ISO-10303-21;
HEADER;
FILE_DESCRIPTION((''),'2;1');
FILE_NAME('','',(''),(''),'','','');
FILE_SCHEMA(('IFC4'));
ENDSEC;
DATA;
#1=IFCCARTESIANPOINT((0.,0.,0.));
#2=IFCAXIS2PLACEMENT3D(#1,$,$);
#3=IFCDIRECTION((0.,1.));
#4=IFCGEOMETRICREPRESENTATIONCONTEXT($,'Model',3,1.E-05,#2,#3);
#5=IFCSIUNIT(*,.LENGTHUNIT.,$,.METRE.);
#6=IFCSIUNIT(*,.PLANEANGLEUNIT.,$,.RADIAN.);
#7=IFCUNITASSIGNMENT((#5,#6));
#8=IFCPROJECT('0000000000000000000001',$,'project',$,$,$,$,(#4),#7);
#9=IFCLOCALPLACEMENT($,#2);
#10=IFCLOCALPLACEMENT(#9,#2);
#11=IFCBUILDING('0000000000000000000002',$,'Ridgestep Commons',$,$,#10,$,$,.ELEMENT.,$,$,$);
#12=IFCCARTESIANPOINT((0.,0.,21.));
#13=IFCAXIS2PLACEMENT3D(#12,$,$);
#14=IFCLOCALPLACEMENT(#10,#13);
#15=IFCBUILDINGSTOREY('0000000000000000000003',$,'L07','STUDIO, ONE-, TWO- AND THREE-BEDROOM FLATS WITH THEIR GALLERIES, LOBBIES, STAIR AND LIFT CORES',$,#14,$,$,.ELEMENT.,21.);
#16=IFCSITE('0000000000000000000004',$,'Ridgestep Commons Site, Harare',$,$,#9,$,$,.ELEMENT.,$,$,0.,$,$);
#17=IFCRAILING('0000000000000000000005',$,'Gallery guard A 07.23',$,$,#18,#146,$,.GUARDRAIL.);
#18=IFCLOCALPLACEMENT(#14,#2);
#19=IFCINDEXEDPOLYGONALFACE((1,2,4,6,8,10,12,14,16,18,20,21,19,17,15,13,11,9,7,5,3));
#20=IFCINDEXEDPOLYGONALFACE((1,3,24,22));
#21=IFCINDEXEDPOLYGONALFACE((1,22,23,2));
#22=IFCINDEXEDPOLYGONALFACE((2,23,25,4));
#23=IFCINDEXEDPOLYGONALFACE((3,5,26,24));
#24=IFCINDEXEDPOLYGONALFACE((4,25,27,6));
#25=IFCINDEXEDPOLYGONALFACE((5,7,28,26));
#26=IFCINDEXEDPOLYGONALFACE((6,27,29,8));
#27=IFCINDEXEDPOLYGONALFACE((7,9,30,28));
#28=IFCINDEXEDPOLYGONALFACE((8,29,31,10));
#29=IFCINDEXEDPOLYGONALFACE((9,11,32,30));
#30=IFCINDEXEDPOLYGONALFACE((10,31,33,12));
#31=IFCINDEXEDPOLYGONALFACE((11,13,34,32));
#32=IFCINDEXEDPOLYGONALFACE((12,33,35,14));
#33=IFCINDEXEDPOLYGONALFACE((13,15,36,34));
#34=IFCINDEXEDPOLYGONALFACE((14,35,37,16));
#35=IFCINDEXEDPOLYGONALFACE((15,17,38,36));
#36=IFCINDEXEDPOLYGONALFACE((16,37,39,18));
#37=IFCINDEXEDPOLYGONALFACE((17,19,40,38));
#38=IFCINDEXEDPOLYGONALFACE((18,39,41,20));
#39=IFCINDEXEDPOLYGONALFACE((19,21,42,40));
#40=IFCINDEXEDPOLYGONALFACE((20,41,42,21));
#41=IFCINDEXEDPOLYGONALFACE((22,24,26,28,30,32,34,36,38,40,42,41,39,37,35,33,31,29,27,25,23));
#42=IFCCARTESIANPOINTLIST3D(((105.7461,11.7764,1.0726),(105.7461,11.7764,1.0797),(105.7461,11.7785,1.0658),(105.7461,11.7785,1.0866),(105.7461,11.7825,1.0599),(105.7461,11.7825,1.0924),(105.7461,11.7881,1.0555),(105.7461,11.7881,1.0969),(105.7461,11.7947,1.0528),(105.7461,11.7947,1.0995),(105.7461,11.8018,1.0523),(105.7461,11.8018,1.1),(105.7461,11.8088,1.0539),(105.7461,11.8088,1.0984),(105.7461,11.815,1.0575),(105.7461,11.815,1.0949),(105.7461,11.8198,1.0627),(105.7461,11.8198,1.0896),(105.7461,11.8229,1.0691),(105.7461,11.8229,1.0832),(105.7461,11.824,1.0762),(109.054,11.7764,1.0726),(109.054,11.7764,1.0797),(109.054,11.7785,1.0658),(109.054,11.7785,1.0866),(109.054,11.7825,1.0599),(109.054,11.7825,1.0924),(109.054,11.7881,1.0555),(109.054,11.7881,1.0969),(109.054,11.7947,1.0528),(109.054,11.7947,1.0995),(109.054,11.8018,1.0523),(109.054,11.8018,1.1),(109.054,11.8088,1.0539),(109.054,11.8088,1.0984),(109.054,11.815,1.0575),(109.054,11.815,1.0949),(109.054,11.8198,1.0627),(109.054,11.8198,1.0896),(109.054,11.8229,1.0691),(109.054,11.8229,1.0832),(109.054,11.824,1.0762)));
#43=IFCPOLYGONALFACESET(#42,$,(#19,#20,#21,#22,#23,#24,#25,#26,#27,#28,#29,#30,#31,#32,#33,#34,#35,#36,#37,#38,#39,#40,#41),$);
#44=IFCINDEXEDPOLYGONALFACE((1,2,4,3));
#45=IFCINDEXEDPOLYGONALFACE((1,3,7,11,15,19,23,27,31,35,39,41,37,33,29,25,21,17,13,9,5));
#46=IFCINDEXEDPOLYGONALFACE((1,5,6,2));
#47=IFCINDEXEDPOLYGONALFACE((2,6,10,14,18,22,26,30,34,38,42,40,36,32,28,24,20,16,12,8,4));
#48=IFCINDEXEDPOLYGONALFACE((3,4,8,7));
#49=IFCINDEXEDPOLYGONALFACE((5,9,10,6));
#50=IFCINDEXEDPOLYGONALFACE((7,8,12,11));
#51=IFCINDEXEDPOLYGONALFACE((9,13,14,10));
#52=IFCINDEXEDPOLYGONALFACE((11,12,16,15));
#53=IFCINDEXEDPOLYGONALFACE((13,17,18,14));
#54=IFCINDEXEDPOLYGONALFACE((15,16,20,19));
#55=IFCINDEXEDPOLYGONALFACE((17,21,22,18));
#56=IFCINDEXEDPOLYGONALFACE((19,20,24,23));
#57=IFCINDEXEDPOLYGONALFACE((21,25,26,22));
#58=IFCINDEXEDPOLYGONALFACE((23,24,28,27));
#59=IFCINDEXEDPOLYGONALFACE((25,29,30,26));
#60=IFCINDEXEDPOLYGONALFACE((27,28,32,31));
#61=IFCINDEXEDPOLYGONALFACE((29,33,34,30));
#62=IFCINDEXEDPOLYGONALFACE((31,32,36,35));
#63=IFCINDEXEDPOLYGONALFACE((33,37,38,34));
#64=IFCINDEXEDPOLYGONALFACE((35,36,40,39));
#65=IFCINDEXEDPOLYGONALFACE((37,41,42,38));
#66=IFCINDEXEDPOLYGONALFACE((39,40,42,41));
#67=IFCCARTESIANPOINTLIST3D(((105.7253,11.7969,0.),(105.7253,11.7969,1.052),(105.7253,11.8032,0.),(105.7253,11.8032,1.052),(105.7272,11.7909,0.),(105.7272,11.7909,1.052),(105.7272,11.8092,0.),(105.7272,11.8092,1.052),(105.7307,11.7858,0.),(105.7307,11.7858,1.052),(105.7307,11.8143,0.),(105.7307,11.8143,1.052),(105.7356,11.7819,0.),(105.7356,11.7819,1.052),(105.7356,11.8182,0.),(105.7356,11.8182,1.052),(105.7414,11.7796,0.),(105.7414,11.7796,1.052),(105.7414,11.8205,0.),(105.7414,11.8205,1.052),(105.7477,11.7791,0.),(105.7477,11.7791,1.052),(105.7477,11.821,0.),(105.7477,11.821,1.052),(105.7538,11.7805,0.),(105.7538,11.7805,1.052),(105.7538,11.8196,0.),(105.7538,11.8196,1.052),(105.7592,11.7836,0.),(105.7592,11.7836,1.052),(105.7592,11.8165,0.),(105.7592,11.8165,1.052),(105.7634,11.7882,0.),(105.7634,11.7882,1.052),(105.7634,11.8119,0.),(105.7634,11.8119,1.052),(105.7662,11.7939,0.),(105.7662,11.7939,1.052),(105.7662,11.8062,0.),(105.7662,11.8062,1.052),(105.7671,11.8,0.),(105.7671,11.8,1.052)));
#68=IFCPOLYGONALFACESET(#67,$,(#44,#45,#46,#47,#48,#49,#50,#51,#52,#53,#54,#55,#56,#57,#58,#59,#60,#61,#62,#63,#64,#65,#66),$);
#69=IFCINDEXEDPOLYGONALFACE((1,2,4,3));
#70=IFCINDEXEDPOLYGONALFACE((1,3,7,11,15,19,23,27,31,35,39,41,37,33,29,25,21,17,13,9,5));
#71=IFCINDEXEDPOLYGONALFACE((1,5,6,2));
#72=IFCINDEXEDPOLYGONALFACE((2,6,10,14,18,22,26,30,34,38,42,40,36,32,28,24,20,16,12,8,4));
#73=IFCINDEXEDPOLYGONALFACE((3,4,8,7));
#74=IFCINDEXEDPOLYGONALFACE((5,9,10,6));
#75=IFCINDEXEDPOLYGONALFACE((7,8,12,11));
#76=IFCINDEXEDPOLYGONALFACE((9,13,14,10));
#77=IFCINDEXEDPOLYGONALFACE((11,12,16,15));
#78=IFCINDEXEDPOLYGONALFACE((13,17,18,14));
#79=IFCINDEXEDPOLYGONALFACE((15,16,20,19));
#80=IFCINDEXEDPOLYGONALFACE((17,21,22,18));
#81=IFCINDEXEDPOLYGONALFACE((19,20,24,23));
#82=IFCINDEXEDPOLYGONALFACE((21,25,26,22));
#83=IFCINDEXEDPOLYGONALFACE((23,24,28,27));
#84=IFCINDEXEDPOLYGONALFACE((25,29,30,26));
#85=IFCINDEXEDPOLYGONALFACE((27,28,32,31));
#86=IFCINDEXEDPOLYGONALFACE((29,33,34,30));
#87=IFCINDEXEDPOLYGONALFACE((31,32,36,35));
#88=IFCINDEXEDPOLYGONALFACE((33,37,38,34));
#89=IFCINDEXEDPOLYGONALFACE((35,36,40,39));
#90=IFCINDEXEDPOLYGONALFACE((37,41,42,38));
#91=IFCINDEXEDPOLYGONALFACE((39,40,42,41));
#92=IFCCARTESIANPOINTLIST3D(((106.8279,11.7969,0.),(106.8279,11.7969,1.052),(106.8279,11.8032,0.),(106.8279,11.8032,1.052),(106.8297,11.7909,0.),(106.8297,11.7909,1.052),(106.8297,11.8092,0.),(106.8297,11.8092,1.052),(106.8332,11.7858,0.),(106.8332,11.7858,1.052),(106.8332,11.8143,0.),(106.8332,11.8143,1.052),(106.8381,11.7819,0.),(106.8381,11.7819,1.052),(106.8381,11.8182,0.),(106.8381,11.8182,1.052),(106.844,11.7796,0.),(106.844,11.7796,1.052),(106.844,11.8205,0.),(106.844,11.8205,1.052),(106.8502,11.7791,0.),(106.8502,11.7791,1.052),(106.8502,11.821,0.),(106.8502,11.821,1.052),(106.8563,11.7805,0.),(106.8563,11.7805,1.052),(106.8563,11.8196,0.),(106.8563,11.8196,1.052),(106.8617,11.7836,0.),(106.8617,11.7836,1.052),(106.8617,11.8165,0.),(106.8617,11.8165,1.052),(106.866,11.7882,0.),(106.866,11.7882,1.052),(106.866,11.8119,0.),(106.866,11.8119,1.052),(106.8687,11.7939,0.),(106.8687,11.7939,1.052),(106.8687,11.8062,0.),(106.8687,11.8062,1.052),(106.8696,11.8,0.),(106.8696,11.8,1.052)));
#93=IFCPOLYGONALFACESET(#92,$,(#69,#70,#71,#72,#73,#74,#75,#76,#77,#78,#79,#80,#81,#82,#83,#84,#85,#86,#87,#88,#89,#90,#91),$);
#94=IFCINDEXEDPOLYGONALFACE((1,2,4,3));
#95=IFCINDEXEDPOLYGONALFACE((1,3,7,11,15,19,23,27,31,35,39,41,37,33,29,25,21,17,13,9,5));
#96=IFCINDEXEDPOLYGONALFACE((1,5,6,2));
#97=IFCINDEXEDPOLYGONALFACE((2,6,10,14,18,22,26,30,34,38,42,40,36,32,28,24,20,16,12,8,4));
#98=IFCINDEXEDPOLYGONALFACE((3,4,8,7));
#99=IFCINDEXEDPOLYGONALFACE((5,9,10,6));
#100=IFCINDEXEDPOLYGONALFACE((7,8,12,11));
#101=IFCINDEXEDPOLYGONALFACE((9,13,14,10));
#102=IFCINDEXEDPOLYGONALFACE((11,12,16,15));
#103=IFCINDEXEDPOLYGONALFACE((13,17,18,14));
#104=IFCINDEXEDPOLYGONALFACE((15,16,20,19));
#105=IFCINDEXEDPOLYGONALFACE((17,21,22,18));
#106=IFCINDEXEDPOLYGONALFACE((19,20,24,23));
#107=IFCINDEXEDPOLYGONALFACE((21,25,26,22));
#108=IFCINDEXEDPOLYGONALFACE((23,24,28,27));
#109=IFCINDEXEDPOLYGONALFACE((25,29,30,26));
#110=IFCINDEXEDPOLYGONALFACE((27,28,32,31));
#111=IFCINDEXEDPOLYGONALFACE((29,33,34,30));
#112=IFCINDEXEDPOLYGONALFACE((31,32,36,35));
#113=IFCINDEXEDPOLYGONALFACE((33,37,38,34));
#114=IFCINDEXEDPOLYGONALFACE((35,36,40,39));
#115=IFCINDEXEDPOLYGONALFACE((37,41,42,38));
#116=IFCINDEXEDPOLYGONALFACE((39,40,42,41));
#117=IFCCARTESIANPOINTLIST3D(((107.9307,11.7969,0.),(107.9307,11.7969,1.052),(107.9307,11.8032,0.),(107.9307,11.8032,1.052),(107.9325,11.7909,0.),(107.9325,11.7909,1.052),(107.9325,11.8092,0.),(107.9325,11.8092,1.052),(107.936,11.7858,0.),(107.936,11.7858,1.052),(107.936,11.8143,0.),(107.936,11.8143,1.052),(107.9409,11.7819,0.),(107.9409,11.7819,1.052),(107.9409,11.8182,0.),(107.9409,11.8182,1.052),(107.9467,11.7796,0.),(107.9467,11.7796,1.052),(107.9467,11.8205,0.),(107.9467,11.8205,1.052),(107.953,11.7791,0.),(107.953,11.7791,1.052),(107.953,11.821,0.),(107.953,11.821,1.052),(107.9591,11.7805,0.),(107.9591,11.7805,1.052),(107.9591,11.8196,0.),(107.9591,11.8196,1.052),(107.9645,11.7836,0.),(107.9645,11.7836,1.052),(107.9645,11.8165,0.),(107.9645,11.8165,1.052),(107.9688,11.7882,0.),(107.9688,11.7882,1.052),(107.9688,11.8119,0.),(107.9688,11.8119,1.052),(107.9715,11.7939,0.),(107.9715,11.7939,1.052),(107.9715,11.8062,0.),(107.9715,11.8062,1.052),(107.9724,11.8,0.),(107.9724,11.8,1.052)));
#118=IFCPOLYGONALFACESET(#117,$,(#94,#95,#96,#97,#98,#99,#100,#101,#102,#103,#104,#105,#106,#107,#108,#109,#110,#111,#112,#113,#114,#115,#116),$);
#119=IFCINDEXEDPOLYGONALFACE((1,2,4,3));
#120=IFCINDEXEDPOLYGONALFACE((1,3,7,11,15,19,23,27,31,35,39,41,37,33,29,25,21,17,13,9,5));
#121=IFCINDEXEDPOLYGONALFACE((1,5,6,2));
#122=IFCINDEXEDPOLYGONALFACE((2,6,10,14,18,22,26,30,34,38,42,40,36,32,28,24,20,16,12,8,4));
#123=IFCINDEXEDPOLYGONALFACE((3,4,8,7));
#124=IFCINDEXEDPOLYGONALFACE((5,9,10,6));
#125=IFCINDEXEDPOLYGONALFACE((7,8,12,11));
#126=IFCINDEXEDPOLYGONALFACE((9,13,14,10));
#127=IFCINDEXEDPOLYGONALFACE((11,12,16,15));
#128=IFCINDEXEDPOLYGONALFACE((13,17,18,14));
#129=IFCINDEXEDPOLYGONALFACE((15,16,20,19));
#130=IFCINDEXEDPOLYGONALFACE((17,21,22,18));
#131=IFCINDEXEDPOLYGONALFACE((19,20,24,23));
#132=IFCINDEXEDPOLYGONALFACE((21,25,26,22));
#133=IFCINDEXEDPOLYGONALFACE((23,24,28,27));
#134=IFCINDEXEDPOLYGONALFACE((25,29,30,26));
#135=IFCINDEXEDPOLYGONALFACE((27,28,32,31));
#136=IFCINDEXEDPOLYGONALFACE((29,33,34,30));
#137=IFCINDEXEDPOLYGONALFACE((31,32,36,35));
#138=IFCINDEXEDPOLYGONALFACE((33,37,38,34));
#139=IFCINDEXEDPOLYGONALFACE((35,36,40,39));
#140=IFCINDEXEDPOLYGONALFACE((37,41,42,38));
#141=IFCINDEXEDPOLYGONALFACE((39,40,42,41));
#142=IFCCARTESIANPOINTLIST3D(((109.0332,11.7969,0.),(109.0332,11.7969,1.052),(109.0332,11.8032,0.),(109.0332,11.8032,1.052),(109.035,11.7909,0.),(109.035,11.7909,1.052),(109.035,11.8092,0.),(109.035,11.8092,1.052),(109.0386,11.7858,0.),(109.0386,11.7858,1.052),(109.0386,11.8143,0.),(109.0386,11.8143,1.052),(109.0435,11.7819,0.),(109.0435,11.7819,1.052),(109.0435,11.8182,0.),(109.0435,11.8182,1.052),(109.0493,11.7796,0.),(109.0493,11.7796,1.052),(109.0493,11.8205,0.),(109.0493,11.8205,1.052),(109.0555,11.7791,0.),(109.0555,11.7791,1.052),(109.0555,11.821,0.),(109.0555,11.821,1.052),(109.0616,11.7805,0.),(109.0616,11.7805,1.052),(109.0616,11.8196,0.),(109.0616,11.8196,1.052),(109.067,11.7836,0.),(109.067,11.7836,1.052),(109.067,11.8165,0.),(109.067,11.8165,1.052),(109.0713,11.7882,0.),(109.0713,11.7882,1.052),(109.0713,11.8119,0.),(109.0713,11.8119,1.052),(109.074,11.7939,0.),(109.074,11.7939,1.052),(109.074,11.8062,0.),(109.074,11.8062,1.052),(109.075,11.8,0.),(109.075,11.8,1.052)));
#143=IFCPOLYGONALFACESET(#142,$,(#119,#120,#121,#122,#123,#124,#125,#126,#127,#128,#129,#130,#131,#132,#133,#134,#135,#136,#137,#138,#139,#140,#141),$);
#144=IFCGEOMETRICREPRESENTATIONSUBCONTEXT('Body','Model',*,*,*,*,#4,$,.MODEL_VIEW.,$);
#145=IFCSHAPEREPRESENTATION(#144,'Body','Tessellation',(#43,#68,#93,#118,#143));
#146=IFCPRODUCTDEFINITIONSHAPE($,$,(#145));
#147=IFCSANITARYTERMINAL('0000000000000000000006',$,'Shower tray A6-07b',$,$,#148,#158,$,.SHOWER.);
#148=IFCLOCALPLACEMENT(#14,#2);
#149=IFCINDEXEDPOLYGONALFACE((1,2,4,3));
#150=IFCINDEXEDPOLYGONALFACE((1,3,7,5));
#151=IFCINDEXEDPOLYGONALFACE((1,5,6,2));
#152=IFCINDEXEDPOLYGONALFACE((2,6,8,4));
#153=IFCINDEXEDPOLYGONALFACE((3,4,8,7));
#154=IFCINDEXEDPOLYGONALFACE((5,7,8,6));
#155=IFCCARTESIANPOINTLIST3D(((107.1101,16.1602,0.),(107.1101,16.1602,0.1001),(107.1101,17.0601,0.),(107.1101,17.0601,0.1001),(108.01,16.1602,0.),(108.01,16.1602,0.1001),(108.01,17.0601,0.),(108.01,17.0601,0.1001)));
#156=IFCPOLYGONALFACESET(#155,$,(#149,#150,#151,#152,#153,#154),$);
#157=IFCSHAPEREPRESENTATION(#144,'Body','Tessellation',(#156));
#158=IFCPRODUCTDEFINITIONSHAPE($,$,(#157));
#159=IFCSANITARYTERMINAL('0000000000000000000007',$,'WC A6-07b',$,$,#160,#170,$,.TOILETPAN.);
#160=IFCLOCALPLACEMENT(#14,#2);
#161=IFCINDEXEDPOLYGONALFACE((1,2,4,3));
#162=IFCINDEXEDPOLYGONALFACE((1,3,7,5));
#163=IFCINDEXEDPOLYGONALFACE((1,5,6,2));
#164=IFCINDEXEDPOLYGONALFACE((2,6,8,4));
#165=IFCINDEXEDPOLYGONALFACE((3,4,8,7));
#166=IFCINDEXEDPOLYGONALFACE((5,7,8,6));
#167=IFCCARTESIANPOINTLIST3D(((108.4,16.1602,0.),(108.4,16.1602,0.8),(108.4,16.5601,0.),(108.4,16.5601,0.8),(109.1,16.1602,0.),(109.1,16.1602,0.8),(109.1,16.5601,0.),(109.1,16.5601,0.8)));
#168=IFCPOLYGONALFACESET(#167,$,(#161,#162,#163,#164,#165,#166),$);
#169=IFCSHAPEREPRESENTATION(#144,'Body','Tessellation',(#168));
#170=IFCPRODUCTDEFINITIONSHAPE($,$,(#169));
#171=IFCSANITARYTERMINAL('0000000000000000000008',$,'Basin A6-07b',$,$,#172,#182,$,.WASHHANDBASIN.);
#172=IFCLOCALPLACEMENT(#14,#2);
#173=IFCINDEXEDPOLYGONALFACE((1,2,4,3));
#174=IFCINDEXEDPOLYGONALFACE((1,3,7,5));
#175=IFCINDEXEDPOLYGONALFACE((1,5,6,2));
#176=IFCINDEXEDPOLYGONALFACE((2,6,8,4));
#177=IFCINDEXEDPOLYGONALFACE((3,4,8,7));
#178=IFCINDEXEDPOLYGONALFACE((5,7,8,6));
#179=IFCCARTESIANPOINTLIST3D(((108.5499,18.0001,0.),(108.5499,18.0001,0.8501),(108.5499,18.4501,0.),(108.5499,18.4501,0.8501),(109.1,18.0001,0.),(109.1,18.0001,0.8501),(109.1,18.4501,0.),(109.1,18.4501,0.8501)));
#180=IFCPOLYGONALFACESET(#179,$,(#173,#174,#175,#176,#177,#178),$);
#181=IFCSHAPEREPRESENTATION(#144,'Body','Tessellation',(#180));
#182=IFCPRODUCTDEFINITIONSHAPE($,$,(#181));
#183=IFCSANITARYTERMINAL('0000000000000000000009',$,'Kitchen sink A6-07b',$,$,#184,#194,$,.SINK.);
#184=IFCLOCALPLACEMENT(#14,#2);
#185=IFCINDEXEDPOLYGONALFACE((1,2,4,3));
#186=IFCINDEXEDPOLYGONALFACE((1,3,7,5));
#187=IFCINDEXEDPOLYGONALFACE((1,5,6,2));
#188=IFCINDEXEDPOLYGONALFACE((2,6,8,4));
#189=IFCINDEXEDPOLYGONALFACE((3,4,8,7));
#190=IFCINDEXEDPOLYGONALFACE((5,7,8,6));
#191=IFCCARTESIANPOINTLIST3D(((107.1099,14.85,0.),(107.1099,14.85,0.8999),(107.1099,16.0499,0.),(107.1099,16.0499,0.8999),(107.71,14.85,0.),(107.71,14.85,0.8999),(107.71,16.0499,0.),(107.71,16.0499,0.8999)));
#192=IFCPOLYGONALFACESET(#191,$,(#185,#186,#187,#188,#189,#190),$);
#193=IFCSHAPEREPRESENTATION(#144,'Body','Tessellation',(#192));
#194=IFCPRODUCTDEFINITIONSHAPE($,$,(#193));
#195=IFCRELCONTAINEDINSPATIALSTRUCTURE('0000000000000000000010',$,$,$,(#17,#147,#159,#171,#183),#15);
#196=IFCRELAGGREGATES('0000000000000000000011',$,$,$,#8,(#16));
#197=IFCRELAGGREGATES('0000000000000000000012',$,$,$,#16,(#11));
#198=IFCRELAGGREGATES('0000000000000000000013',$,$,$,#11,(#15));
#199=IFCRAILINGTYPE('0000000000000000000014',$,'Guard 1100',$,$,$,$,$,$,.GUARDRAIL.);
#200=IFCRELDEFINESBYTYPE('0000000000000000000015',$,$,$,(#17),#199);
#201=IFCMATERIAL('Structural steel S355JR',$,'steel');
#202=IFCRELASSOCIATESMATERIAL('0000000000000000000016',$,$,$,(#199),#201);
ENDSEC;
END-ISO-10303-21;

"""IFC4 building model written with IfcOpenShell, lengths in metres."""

from ifc_helpers import new_model, si_unit, direction, frame, origin, origin_2d, place, context, subcontext, project, spatial, rectangle, circle, extrude, material, type_object, element, save


model = new_model("IFC4")

# Units and contexts
model_context = context("Model", 3, precision=1e-05, world=origin(), true_north=direction((0.0, 1.0)))
body_context = subcontext(model_context, "Body", "Model", "MODEL_VIEW")
ifc_project = project(units=[si_unit("LENGTHUNIT", "METRE"), si_unit("PLANEANGLEUNIT", "RADIAN")], contexts=[model_context])

# Site, building, storey
site_placement = place(None, origin())
site = spatial("IfcSite", under=ifc_project, at=site_placement, Name="Ridgestep Commons Site, Harare", CompositionType="ELEMENT", RefElevation=0.0)
building_placement = place(site_placement, origin())
building = spatial("IfcBuilding", under=site, at=building_placement, Name="Ridgestep Commons", CompositionType="ELEMENT")
storey_placement = place(building_placement, frame((0.0, 0.0, 21.0)))
storey = spatial("IfcBuildingStorey", under=building, at=storey_placement, Name="L07", Description="STUDIO, ONE-, TWO- AND THREE-BEDROOM FLATS WITH THEIR GALLERIES, LOBBIES, STAIR AND LIFT CORES", CompositionType="ELEMENT", Elevation=21.0)

# Railing
ifc_material_1 = material(Name="Structural steel S355JR", Category="steel")
railing_type = type_object("IfcRailingType", Name="Guard 1100", PredefinedType="GUARDRAIL", material=ifc_material_1)
railing_placement = place(storey_placement, frame((105.7461, 11.8, 0.0)))
element("IfcRailing", 1, at=railing_placement, inside=storey, type_object=railing_type, Name="Gallery guard A 07.23", PredefinedType="GUARDRAIL", context=body_context, shape_type="SweptSolid", body=[
    extrude(circle(Radius=0.0239, at=origin_2d()), frame((0.0, 0.0, 1.0762), z_axis=(1.0, 0.0, 0.0), x_axis=(0.0, 1.0, 0.0)), (0.0, 0.0, 1.0), 3.3079),
    extrude(circle(Radius=0.021, at=origin_2d()), origin(), (0.0, 0.0, 1.0), 1.052),
    extrude(circle(Radius=0.021, at=origin_2d()), frame((1.1025, 0.0, 0.0)), (0.0, 0.0, 1.0), 1.052),
    extrude(circle(Radius=0.021, at=origin_2d()), frame((2.2053, 0.0, 0.0)), (0.0, 0.0, 1.0), 1.052),
    extrude(circle(Radius=0.021, at=origin_2d()), frame((3.3079, 0.0, 0.0)), (0.0, 0.0, 1.0), 1.052),
])

# Sanitary terminals
sanitary_terminal_1_placement = place(storey_placement, frame((107.5601, 16.6101, 0.0), z_axis=(0.0, 0.0, 1.0), x_axis=(1.0, 0.0, 0.0)))
element("IfcSanitaryTerminal", 2, at=sanitary_terminal_1_placement, inside=storey, Name="Shower tray A6-07b", PredefinedType="SHOWER", context=body_context, shape_type="SweptSolid", body=[
    extrude(rectangle(XDim=0.8999, YDim=0.8999, at=origin_2d()), origin(), (0.0, 0.0, 1.0), 0.1001),
])
sanitary_terminal_2_placement = place(storey_placement, frame((108.75, 16.3601, 0.0), z_axis=(0.0, 0.0, 1.0), x_axis=(1.0, 0.0, 0.0)))
element("IfcSanitaryTerminal", 3, at=sanitary_terminal_2_placement, inside=storey, Name="WC A6-07b", PredefinedType="TOILETPAN", context=body_context, shape_type="SweptSolid", body=[
    extrude(rectangle(XDim=0.7, YDim=0.3999, at=origin_2d()), origin(), (0.0, 0.0, 1.0), 0.8),
])
sanitary_terminal_3_placement = place(storey_placement, frame((108.825, 18.2251, 0.0), z_axis=(0.0, 0.0, 1.0), x_axis=(1.0, 0.0, 0.0)))
element("IfcSanitaryTerminal", 4, at=sanitary_terminal_3_placement, inside=storey, Name="Basin A6-07b", PredefinedType="WASHHANDBASIN", context=body_context, shape_type="SweptSolid", body=[
    extrude(rectangle(XDim=0.55, YDim=0.45, at=origin_2d()), origin(), (0.0, 0.0, 1.0), 0.8501),
])
sanitary_terminal_4_placement = place(storey_placement, frame((107.4099, 15.45, 0.0), z_axis=(0.0, 0.0, 1.0), x_axis=(1.0, 0.0, 0.0)))
element("IfcSanitaryTerminal", 5, at=sanitary_terminal_4_placement, inside=storey, Name="Kitchen sink A6-07b", PredefinedType="SINK", context=body_context, shape_type="SweptSolid", body=[
    extrude(rectangle(XDim=0.6001, YDim=1.2, at=origin_2d()), origin(), (0.0, 0.0, 1.0), 0.8999),
])

save(model, "model.ifc")
